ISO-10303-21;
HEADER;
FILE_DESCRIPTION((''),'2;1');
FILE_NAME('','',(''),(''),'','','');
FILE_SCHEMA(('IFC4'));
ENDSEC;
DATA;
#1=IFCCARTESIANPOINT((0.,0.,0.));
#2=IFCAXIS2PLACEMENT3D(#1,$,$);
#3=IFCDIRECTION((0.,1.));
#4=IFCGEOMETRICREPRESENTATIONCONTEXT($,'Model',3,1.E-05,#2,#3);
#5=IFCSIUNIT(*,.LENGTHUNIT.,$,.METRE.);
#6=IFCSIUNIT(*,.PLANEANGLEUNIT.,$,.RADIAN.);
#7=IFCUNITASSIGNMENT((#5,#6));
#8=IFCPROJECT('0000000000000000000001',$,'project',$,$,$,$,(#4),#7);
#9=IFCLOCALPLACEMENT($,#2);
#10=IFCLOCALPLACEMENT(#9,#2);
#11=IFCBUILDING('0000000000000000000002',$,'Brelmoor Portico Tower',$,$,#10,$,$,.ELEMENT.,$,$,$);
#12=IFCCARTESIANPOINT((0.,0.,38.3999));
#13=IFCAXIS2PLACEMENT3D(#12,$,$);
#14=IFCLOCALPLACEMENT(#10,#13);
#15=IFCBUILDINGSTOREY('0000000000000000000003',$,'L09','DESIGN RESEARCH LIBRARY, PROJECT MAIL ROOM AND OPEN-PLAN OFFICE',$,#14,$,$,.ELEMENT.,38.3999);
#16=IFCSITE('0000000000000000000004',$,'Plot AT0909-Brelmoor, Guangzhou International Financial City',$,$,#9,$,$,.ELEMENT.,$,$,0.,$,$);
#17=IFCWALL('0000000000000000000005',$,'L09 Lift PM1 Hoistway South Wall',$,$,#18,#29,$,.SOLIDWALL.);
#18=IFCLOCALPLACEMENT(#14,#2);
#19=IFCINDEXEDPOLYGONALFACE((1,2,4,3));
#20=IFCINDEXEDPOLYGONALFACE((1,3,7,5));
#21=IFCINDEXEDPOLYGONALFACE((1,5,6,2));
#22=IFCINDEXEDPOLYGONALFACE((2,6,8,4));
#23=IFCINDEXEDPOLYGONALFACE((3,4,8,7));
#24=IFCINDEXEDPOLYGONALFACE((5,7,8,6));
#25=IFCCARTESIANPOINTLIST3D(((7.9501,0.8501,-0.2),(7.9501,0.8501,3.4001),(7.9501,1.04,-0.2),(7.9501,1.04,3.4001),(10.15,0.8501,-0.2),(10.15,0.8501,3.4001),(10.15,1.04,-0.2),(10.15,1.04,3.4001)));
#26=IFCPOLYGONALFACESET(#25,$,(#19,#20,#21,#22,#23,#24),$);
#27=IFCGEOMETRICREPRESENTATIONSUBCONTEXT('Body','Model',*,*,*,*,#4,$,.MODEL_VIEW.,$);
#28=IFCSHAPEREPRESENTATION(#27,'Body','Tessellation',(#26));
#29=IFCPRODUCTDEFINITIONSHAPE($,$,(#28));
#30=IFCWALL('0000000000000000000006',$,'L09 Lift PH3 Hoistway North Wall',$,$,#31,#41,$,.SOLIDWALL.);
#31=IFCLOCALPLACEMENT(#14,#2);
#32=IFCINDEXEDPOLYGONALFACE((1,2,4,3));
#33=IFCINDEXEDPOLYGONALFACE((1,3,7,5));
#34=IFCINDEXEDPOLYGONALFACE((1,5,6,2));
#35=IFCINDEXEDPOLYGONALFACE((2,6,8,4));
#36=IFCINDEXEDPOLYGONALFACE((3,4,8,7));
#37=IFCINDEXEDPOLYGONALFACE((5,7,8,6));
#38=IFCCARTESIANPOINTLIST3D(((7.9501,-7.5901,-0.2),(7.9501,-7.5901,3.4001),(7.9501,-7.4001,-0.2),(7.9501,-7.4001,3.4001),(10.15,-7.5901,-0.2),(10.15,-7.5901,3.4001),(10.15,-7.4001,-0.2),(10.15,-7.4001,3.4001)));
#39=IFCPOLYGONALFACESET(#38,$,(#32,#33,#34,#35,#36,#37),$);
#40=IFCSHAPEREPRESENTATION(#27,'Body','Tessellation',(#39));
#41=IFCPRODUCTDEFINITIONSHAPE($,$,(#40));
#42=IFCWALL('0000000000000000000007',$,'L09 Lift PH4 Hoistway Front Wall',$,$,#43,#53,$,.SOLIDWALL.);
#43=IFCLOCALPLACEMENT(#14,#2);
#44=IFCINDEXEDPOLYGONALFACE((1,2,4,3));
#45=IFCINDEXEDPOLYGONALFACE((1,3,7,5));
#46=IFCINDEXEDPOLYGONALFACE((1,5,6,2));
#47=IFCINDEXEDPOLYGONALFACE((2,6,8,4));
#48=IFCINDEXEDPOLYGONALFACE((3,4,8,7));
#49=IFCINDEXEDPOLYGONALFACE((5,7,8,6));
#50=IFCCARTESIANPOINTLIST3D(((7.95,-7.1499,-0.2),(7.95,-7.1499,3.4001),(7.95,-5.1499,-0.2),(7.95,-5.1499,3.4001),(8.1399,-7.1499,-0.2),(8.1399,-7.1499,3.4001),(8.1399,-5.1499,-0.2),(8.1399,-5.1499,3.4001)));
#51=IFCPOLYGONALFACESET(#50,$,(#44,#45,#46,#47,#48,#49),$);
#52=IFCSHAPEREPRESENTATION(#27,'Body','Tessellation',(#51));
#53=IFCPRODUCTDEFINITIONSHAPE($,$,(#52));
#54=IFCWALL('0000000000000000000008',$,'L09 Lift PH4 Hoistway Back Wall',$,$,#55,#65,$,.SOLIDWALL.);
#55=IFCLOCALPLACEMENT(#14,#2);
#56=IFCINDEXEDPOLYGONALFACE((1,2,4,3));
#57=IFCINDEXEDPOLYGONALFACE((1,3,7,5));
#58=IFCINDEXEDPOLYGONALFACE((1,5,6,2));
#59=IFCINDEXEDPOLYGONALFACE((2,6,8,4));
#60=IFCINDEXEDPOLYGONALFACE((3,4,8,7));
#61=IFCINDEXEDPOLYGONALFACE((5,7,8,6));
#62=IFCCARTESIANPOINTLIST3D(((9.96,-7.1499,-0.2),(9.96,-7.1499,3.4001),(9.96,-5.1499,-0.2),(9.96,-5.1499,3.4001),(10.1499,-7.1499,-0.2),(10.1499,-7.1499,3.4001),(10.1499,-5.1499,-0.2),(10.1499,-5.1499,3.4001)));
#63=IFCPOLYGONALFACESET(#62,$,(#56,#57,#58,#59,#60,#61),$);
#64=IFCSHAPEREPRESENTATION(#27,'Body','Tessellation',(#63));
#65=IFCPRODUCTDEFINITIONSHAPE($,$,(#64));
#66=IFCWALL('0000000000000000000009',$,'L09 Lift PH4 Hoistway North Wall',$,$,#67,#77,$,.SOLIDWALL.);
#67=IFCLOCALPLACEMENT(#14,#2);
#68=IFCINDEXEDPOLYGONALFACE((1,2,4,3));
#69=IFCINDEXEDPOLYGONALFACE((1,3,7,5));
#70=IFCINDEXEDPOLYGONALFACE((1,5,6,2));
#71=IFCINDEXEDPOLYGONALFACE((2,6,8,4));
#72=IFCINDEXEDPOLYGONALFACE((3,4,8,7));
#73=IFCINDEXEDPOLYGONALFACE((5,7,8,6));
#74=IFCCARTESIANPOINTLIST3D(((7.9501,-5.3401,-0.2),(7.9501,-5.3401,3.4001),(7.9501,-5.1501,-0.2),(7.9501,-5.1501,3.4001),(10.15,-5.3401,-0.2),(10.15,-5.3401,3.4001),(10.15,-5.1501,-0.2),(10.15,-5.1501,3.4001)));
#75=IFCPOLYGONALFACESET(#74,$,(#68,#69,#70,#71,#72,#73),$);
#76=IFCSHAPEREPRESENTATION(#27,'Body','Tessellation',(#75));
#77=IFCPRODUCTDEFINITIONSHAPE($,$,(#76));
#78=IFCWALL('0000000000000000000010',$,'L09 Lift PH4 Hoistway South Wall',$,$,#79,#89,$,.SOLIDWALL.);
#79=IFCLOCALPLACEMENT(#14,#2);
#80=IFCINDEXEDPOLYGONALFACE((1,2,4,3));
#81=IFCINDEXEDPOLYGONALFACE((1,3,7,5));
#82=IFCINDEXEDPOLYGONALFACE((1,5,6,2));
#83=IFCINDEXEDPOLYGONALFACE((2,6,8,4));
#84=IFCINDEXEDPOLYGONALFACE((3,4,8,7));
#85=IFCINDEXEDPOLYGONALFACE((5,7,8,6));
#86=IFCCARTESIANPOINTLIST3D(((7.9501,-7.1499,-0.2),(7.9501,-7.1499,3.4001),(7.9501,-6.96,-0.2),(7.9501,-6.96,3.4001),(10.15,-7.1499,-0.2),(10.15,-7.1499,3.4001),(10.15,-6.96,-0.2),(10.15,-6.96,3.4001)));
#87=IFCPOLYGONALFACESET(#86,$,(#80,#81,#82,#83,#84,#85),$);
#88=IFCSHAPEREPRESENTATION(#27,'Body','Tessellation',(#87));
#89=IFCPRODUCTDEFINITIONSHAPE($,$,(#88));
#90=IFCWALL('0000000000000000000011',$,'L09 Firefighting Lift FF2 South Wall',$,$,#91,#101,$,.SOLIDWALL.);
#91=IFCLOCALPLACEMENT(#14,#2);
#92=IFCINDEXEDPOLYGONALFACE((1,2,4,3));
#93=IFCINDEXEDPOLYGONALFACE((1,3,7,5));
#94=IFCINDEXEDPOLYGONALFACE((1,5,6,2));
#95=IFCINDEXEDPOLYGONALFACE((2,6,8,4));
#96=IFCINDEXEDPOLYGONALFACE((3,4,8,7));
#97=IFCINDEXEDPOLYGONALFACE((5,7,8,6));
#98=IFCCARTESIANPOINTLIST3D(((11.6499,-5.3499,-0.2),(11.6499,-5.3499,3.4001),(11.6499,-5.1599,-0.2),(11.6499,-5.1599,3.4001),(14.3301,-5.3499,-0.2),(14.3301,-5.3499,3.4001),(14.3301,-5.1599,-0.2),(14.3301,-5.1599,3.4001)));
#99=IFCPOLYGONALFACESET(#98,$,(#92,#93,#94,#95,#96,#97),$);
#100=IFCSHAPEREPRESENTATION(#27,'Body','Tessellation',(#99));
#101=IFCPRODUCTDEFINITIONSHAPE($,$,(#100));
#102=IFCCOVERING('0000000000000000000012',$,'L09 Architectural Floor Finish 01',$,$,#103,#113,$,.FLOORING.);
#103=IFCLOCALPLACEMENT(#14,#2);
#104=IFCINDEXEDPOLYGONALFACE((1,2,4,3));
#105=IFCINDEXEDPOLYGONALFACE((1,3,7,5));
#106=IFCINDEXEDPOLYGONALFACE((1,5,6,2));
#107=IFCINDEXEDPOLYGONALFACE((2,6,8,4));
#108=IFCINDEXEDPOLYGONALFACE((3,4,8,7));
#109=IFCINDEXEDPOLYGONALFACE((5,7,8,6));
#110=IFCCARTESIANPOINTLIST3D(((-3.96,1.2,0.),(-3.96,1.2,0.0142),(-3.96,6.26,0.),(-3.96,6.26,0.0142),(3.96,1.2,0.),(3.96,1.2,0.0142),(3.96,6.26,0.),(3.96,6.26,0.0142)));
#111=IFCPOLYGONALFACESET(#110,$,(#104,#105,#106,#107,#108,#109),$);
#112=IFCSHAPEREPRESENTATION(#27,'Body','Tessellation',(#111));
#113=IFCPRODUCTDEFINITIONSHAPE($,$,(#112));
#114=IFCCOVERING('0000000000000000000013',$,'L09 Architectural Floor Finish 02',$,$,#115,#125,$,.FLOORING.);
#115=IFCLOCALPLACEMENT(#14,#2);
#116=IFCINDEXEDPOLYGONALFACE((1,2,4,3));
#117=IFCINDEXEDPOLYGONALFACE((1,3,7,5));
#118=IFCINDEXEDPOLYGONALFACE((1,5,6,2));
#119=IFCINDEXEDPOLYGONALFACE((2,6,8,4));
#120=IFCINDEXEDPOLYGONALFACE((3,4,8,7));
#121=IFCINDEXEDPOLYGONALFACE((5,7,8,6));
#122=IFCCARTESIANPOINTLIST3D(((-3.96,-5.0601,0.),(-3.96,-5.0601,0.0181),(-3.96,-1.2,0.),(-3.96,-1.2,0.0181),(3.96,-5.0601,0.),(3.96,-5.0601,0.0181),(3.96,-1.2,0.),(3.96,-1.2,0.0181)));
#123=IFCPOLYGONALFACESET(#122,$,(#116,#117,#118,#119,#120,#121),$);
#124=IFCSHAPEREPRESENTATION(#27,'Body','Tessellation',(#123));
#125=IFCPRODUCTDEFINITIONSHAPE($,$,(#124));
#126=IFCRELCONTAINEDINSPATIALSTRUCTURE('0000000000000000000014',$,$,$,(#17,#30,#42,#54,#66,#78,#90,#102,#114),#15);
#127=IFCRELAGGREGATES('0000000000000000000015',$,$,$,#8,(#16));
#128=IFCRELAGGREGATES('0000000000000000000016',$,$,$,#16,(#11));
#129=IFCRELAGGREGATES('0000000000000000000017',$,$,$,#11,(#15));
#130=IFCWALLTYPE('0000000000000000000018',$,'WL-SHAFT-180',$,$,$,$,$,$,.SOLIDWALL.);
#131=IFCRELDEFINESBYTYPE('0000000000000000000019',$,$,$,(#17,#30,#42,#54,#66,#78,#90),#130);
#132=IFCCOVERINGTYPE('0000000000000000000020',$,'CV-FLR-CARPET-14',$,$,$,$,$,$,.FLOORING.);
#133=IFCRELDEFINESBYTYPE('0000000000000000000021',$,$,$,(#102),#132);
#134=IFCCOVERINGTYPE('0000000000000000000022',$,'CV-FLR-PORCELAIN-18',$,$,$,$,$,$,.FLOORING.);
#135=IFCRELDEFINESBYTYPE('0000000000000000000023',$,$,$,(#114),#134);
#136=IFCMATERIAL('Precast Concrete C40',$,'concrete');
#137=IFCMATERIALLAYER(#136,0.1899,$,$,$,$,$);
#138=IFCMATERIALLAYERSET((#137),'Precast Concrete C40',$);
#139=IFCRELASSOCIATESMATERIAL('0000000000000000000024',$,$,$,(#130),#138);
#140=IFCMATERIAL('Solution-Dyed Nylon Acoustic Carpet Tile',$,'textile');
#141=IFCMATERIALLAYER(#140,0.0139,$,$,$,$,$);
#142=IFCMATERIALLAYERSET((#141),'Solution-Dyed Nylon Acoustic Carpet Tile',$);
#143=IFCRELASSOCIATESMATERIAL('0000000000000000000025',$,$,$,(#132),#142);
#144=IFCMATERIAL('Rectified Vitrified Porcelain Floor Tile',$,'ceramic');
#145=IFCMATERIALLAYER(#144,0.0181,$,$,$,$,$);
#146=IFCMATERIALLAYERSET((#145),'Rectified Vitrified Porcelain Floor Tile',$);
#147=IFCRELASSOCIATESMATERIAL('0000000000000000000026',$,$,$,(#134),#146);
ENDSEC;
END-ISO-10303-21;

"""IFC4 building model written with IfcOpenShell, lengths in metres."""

from ifc_helpers import new_model, si_unit, direction, frame, frame_2d, origin, place, context, subcontext, project, spatial, polyline, rectangle, outline, extrude, material, layer, layer_set, type_object, element, save


model = new_model("IFC4")

# Units and contexts
model_context = context("Model", 3, precision=1e-05, world=origin(), true_north=direction((0.0, 1.0)))
body_context = subcontext(model_context, "Body", "Model", "MODEL_VIEW")
ifc_project = project(units=[si_unit("LENGTHUNIT", "METRE"), si_unit("PLANEANGLEUNIT", "RADIAN")], contexts=[model_context])

# Site, building, storey
site_placement = place(None, origin())
site = spatial("IfcSite", under=ifc_project, at=site_placement, Name="Plot AT0909-Brelmoor, Guangzhou International Financial City", CompositionType="ELEMENT", RefElevation=0.0)
building_placement = place(site_placement, origin())
building = spatial("IfcBuilding", under=site, at=building_placement, Name="Brelmoor Portico Tower", CompositionType="ELEMENT")
storey_placement = place(building_placement, frame((0.0, 0.0, 38.3999)))
storey = spatial("IfcBuildingStorey", under=building, at=storey_placement, Name="L09", Description="DESIGN RESEARCH LIBRARY, PROJECT MAIL ROOM AND OPEN-PLAN OFFICE", CompositionType="ELEMENT", Elevation=38.3999)

# Walls
ifc_material_1 = material(Name="Precast Concrete C40", Category="concrete")
ifc_layer_1 = layer(ifc_material_1, 0.1899)
ifc_layer_set_1 = layer_set([ifc_layer_1], Name="Precast Concrete C40")
wall_type_1 = type_object("IfcWallType", Name="WL-SHAFT-180", PredefinedType="SOLIDWALL", material=ifc_layer_set_1)
for number, where, z_axis, x_axis, name in (
    (1, (7.95, 0.9451, -0.2), (0.0, 0.0, 1.0), (1.0, 0.0, 0.0), "L09 Lift PM1 Hoistway South Wall"),
    (2, (7.95, -7.4951, -0.2), (0.0, 0.0, 1.0), (1.0, 0.0, 0.0), "L09 Lift PH3 Hoistway North Wall"),
):
    element("IfcWall", number, at=place(storey_placement, frame(where, z_axis=z_axis, x_axis=x_axis)), inside=storey, type_object=wall_type_1, Name=name, PredefinedType="SOLIDWALL", context=body_context, shape_type="SweptSolid", body=[
        extrude(rectangle(XDim=2.2, YDim=0.1899, at=frame_2d((1.1001, 0.0))), origin(), (0.0, 0.0, 1.0), 3.6001),
    ])
for number, where, z_axis, x_axis, name in (
    (3, (8.0449, -7.1499, -0.2), (0.0, 0.0, 1.0), (0.0, 1.0, 0.0), "L09 Lift PH4 Hoistway Front Wall"),
    (4, (10.0549, -7.1499, -0.2), (0.0, 0.0, 1.0), (0.0, 1.0, 0.0), "L09 Lift PH4 Hoistway Back Wall"),
):
    element("IfcWall", number, at=place(storey_placement, frame(where, z_axis=z_axis, x_axis=x_axis)), inside=storey, type_object=wall_type_1, Name=name, PredefinedType="SOLIDWALL", context=body_context, shape_type="SweptSolid", body=[
        extrude(rectangle(XDim=2.0, YDim=0.1899, at=frame_2d((1.0, 0.0))), origin(), (0.0, 0.0, 1.0), 3.6001),
    ])
for number, where, z_axis, x_axis, name in (
    (5, (7.95, -5.2451, -0.2), (0.0, 0.0, 1.0), (1.0, 0.0, 0.0), "L09 Lift PH4 Hoistway North Wall"),
    (6, (7.95, -7.0549, -0.2), (0.0, 0.0, 1.0), (1.0, 0.0, 0.0), "L09 Lift PH4 Hoistway South Wall"),
):
    element("IfcWall", number, at=place(storey_placement, frame(where, z_axis=z_axis, x_axis=x_axis)), inside=storey, type_object=wall_type_1, Name=name, PredefinedType="SOLIDWALL", context=body_context, shape_type="SweptSolid", body=[
        extrude(rectangle(XDim=2.2, YDim=0.1899, at=frame_2d((1.1001, 0.0))), origin(), (0.0, 0.0, 1.0), 3.6001),
    ])
wall_1_placement = place(storey_placement, frame((11.6499, -5.2549, -0.2), z_axis=(0.0, 0.0, 1.0), x_axis=(1.0, 0.0, 0.0)))
element("IfcWall", 7, at=wall_1_placement, inside=storey, type_object=wall_type_1, Name="L09 Firefighting Lift FF2 South Wall", PredefinedType="SOLIDWALL", context=body_context, shape_type="SweptSolid", body=[
    extrude(rectangle(XDim=2.6802, YDim=0.1899, at=frame_2d((1.3401, 0.0))), origin(), (0.0, 0.0, 1.0), 3.6001),
])

# Coverings
ifc_material_2 = material(Name="Solution-Dyed Nylon Acoustic Carpet Tile", Category="textile")
ifc_layer_2 = layer(ifc_material_2, 0.0139)
ifc_layer_set_2 = layer_set([ifc_layer_2], Name="Solution-Dyed Nylon Acoustic Carpet Tile")
covering_type_1 = type_object("IfcCoveringType", Name="CV-FLR-CARPET-14", PredefinedType="FLOORING", material=ifc_layer_set_2)
covering_1_placement = place(storey_placement, origin())
element("IfcCovering", 8, at=covering_1_placement, inside=storey, type_object=covering_type_1, Name="L09 Architectural Floor Finish 01", PredefinedType="FLOORING", context=body_context, shape_type="SweptSolid", body=[
    extrude(outline(polyline([(-3.96, 1.2), (-3.96, 6.26), (3.96, 6.26), (3.96, 1.2), (-3.96, 1.2)])), origin(), (0.0, 0.0, 1.0), 0.0142),
])
ifc_material_3 = material(Name="Rectified Vitrified Porcelain Floor Tile", Category="ceramic")
ifc_layer_3 = layer(ifc_material_3, 0.0181)
ifc_layer_set_3 = layer_set([ifc_layer_3], Name="Rectified Vitrified Porcelain Floor Tile")
covering_type_2 = type_object("IfcCoveringType", Name="CV-FLR-PORCELAIN-18", PredefinedType="FLOORING", material=ifc_layer_set_3)
covering_2_placement = place(storey_placement, origin())
element("IfcCovering", 9, at=covering_2_placement, inside=storey, type_object=covering_type_2, Name="L09 Architectural Floor Finish 02", PredefinedType="FLOORING", context=body_context, shape_type="SweptSolid", body=[
    extrude(outline(polyline([(-3.96, -5.0601), (-3.96, -1.2), (3.96, -1.2), (3.96, -5.0601), (-3.96, -5.0601)])), origin(), (0.0, 0.0, 1.0), 0.0181),
])

save(model, "model.ifc")
